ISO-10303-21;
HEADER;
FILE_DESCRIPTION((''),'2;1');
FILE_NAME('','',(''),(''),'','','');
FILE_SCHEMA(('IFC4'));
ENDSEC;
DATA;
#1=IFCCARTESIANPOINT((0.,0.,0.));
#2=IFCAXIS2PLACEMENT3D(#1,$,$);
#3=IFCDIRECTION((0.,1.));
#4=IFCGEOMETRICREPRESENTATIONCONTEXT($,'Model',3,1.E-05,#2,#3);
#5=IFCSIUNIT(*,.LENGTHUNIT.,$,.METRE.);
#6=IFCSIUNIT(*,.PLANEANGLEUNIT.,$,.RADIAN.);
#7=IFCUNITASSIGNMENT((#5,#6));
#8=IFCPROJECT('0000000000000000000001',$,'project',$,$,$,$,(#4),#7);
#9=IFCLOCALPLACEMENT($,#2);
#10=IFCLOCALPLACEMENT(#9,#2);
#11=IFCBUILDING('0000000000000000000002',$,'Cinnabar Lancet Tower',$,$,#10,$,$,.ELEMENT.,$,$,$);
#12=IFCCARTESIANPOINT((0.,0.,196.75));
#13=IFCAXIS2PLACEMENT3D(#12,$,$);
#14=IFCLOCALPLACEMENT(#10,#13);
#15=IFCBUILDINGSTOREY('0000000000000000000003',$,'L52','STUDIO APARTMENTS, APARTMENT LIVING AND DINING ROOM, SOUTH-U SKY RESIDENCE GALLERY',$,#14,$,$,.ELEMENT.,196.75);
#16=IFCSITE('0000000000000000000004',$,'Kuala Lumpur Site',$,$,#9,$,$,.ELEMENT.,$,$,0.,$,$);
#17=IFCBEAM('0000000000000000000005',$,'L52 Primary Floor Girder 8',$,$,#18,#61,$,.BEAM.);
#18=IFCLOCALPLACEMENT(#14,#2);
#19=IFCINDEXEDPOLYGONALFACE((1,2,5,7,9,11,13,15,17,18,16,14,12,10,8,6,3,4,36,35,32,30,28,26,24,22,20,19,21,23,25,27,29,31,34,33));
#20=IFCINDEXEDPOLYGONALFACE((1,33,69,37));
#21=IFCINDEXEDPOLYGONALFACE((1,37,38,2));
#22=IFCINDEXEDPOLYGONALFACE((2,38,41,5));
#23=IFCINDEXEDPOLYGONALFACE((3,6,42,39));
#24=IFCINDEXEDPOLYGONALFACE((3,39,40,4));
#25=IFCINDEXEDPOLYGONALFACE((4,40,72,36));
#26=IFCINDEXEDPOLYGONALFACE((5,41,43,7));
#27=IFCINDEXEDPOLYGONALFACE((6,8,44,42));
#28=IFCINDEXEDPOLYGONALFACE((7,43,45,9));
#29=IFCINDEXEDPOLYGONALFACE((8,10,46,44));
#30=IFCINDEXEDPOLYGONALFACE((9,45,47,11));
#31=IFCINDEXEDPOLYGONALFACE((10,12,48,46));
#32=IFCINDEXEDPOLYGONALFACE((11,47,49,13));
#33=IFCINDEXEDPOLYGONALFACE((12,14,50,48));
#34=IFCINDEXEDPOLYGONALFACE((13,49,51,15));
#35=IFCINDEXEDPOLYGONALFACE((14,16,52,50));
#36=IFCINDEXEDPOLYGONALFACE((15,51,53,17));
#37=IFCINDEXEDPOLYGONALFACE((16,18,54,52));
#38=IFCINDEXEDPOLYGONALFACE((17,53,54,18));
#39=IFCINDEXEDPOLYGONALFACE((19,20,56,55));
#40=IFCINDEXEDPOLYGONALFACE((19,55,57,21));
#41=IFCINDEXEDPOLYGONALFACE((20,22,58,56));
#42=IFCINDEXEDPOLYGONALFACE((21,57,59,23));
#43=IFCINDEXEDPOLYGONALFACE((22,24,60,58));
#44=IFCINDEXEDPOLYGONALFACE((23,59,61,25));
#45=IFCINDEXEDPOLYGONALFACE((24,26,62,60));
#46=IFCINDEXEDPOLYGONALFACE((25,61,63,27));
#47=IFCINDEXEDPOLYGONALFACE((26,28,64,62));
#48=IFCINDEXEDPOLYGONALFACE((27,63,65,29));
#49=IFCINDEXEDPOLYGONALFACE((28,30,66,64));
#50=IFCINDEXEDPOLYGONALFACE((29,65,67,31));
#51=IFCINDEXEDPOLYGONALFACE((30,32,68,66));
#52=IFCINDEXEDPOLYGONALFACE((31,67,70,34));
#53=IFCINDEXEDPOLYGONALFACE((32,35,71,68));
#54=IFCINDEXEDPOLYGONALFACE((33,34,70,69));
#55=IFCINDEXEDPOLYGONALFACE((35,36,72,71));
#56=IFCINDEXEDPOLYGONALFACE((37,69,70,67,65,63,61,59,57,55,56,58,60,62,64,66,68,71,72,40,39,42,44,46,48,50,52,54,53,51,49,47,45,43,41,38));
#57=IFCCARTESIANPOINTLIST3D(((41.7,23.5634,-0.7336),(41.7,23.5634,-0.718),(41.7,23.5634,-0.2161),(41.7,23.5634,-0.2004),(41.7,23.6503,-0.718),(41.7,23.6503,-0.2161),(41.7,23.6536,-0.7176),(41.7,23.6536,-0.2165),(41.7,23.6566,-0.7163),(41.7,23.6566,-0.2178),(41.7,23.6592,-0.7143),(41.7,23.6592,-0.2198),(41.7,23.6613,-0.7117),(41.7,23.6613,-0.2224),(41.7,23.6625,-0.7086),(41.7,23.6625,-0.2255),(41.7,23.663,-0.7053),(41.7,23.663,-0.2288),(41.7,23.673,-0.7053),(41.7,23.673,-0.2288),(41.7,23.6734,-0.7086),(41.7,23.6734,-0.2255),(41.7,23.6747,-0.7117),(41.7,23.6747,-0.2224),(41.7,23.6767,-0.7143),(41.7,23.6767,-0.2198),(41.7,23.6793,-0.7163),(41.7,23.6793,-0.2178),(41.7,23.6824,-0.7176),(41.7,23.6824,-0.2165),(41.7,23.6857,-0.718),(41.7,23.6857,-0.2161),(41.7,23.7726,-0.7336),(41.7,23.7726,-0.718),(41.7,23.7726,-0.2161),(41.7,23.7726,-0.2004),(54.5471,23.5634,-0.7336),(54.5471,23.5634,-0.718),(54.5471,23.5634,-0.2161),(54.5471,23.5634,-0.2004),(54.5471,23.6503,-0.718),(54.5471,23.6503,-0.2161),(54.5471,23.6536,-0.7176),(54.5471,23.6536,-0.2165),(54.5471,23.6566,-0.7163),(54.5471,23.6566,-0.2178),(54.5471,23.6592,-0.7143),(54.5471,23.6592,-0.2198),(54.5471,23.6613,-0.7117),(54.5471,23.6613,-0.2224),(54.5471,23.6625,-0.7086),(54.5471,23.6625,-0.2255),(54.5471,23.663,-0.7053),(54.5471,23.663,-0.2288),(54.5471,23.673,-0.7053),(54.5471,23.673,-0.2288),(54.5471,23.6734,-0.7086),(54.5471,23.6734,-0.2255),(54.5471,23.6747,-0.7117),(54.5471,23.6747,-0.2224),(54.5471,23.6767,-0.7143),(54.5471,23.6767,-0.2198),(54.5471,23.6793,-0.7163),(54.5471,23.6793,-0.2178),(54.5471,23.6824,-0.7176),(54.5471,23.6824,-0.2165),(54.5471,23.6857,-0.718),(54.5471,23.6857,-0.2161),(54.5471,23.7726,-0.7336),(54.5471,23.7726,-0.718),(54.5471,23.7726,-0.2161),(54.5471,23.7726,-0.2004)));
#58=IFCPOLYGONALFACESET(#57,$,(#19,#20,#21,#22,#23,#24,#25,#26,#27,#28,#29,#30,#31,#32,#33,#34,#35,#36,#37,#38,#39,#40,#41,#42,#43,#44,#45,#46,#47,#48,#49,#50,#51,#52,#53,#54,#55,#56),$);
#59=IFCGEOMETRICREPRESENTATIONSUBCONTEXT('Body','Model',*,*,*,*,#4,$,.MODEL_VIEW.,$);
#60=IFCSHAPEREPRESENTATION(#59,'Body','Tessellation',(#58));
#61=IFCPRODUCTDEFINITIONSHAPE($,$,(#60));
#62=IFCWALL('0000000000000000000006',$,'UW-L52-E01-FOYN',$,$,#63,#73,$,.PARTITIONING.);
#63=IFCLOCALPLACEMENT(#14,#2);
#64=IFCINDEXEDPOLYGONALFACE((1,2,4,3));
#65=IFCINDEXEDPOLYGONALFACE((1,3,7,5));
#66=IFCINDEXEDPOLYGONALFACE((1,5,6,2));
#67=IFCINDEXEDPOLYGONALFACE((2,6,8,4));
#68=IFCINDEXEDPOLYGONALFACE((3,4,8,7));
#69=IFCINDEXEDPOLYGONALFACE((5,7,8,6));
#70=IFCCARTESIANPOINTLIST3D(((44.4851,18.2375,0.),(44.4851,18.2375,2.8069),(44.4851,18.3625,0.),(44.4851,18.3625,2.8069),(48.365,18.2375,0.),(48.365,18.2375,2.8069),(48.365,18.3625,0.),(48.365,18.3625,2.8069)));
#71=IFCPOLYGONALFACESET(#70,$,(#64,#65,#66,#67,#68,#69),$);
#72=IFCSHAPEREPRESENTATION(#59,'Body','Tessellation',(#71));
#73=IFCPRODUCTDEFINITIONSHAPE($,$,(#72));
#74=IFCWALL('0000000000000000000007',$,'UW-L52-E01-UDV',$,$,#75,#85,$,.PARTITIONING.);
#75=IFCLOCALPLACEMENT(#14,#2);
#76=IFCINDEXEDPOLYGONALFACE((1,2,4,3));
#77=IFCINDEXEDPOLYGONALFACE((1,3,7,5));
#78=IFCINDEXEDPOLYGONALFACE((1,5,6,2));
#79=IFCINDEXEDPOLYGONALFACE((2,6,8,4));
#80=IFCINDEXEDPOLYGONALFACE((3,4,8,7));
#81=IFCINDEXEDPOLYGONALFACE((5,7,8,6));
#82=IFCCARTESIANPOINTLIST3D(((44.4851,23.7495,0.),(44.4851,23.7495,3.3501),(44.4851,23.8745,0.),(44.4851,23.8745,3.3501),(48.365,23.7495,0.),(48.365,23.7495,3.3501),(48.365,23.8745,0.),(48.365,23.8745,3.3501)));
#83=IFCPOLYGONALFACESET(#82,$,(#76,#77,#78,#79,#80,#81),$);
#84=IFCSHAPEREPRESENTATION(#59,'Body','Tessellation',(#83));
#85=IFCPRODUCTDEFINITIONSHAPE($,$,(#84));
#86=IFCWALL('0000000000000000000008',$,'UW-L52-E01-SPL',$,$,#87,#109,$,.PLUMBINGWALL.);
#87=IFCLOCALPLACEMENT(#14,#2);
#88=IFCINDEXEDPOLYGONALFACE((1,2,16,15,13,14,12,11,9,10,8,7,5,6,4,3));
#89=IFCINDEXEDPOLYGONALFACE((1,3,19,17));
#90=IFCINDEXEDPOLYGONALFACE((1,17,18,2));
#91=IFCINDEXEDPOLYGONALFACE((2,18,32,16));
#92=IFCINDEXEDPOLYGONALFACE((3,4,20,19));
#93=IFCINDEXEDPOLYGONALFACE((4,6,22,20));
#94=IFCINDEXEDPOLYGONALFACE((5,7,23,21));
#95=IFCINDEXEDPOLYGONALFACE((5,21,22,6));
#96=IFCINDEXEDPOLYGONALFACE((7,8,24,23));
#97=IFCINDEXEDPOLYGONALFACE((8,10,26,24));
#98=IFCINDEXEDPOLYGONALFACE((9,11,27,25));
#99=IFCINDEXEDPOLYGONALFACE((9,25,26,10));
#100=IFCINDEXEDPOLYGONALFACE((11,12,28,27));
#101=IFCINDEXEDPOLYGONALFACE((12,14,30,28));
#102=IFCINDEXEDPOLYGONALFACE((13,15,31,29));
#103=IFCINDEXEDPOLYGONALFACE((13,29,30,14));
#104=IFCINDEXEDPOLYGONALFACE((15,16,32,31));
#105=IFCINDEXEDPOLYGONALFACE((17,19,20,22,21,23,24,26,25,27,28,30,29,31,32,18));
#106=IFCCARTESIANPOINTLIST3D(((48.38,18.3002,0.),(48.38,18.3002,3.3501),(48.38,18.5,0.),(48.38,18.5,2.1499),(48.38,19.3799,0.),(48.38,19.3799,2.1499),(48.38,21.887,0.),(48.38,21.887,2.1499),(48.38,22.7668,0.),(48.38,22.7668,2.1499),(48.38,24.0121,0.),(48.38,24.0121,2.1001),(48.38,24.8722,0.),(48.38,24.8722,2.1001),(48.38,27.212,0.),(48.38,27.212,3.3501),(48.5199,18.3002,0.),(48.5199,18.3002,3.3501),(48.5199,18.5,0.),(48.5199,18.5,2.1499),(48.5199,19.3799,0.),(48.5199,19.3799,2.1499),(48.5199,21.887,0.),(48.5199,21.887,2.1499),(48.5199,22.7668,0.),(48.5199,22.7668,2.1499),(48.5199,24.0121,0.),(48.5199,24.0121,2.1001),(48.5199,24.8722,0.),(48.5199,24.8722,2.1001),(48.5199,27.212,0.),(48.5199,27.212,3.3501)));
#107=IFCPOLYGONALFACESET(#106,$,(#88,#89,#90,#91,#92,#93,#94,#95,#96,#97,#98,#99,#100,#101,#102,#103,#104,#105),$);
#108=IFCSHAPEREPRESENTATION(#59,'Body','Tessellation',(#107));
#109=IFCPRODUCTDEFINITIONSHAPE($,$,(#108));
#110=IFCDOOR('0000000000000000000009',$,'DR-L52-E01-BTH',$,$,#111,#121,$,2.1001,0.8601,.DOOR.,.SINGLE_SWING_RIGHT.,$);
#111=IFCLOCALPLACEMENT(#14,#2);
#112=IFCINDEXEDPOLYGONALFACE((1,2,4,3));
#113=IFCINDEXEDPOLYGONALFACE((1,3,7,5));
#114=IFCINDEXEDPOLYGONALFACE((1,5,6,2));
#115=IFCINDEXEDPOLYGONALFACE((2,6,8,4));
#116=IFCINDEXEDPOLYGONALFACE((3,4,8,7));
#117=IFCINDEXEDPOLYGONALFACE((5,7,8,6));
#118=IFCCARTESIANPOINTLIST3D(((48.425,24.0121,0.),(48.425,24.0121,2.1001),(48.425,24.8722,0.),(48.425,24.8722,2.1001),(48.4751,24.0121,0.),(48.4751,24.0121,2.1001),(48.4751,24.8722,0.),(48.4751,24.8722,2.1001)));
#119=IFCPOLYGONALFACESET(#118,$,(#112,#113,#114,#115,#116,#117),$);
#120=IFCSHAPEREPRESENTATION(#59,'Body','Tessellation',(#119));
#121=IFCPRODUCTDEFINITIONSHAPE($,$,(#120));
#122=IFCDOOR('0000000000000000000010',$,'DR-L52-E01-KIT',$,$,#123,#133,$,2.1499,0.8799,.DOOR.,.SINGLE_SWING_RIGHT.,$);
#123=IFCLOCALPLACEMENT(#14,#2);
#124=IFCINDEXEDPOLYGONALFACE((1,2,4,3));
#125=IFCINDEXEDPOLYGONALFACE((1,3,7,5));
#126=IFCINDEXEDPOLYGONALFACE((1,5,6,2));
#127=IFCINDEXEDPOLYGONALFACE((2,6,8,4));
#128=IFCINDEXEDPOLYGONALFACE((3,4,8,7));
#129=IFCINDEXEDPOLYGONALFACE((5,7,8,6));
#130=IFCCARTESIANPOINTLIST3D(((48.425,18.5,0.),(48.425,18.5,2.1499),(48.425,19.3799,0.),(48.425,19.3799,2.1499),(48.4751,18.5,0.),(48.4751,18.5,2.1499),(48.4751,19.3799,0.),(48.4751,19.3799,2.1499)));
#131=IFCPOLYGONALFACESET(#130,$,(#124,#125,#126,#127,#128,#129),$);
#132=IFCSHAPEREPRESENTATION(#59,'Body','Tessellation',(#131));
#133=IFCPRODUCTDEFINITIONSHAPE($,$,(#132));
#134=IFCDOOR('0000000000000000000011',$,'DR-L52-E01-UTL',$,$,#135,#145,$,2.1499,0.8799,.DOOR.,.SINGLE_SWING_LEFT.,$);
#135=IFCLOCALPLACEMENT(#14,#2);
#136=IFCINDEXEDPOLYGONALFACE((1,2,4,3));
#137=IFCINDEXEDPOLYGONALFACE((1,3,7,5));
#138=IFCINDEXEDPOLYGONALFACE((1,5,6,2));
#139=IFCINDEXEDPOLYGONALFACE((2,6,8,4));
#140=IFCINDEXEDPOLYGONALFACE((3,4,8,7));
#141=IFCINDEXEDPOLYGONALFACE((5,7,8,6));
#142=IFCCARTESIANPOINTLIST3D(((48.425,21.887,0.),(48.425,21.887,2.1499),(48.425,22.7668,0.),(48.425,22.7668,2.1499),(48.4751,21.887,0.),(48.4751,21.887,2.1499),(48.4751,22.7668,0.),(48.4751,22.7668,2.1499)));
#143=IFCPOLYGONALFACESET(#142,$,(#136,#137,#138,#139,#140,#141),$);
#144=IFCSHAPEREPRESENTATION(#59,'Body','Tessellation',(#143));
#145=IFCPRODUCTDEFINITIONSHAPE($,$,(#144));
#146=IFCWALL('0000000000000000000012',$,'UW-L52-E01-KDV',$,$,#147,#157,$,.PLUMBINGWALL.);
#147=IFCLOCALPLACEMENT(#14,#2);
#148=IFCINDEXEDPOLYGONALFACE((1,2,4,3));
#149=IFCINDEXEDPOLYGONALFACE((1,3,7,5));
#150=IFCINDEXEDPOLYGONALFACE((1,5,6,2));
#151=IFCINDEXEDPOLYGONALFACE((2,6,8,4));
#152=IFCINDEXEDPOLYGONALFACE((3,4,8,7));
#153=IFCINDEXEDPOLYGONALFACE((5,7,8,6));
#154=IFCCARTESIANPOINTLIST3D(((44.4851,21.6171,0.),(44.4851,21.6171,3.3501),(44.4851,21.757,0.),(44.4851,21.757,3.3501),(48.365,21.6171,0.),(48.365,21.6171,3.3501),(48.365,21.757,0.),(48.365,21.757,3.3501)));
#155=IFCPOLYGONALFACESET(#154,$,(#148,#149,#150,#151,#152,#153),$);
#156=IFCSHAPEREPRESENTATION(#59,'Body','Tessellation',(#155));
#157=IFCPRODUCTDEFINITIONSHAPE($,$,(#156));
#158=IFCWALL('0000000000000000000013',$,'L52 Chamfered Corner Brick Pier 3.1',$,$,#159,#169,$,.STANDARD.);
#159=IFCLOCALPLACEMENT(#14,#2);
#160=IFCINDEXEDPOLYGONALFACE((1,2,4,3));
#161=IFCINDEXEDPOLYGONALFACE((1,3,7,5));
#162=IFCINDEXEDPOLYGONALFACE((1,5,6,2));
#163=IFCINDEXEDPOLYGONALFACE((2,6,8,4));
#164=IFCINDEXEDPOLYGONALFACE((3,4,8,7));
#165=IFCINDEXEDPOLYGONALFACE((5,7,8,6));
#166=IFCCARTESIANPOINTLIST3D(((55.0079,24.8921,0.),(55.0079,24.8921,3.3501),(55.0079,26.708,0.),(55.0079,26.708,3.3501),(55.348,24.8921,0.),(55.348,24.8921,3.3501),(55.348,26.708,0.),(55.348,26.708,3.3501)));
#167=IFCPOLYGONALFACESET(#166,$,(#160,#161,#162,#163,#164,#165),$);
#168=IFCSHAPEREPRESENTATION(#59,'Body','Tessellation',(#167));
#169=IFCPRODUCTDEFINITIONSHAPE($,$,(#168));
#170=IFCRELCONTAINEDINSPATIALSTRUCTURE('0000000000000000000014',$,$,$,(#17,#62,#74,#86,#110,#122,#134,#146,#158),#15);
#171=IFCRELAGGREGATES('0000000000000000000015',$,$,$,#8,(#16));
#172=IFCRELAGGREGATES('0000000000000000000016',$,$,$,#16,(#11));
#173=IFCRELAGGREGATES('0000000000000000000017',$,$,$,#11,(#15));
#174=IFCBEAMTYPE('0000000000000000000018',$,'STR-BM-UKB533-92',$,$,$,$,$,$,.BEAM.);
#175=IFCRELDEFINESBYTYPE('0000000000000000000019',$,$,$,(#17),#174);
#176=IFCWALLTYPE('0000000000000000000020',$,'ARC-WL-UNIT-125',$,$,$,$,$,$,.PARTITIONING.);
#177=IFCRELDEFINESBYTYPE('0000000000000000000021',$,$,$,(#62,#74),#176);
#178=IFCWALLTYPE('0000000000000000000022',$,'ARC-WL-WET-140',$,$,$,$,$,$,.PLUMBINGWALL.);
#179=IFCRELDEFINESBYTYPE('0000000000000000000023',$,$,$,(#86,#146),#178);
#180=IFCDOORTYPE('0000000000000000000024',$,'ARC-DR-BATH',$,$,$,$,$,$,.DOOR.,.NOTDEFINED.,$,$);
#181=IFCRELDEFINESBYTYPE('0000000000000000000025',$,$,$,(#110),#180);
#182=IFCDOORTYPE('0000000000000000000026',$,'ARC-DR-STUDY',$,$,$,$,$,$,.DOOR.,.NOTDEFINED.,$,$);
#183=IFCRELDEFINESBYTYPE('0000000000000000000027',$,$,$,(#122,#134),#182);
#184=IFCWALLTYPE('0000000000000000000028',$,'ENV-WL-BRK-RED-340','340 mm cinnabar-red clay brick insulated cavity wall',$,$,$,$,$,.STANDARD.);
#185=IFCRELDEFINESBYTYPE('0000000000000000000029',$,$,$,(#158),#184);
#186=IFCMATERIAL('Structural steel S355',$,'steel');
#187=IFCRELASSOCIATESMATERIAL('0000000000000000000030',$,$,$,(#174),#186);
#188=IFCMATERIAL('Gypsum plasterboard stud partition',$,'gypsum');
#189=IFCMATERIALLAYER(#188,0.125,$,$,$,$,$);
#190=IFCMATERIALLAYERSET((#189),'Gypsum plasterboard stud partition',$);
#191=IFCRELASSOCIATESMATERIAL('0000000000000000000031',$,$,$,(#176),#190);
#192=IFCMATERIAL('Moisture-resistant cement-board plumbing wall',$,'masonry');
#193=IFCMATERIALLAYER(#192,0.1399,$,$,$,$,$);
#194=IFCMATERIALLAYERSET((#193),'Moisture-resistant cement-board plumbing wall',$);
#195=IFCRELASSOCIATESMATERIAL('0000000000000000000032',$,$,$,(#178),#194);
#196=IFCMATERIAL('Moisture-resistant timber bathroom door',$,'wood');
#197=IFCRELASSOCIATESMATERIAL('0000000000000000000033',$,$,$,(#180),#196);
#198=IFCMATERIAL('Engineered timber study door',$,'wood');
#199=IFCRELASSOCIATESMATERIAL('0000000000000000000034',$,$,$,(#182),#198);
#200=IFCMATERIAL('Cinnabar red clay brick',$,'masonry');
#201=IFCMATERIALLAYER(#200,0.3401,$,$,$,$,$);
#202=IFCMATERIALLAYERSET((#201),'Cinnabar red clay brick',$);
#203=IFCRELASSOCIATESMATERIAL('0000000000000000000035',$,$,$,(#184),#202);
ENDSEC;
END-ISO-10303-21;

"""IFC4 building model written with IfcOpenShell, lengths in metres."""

from ifc_helpers import new_model, si_unit, direction, frame, frame_2d, origin, origin_2d, place, context, subcontext, project, spatial, rectangle, i_section, extrude, material, layer, layer_set, material_profile, profile_set, type_object, element, fill, save


model = new_model("IFC4")

# Units and contexts
model_context = context("Model", 3, precision=1e-05, world=origin(), true_north=direction((0.0, 1.0)))
body_context = subcontext(model_context, "Body", "Model", "MODEL_VIEW")
ifc_project = project(units=[si_unit("LENGTHUNIT", "METRE"), si_unit("PLANEANGLEUNIT", "RADIAN")], contexts=[model_context])

# Site, building, storey
site_placement = place(None, origin())
site = spatial("IfcSite", under=ifc_project, at=site_placement, Name="Kuala Lumpur Site", CompositionType="ELEMENT", RefElevation=0.0)
building_placement = place(site_placement, origin())
building = spatial("IfcBuilding", under=site, at=building_placement, Name="Cinnabar Lancet Tower", CompositionType="ELEMENT")
storey_placement = place(building_placement, frame((0.0, 0.0, 196.75)))
storey = spatial("IfcBuildingStorey", under=building, at=storey_placement, Name="L52", Description="STUDIO APARTMENTS, APARTMENT LIVING AND DINING ROOM, SOUTH-U SKY RESIDENCE GALLERY", CompositionType="ELEMENT", Elevation=196.75)

# Beam
ifc_material_1 = material(Name="Structural steel S355", Category="steel")
ifc_material_profile_1 = material_profile(ifc_material_1, i_section(OverallWidth=0.2092, OverallDepth=0.5332, WebThickness=0.01, FlangeThickness=0.0156, FilletRadius=0.0127, at=origin_2d()), Name="UKB 533x210x92")
ifc_profile_set_1 = profile_set([ifc_material_profile_1], Name="Structural steel S355")
beam_type_1 = type_object("IfcBeamType", Name="STR-BM-UKB533-92", PredefinedType="BEAM", material=ifc_profile_set_1)
beam_1_placement = place(storey_placement, frame((54.5471, 23.668, -0.467), z_axis=(-1.0, 0.0, 0.0), x_axis=(0.0, -1.0, 0.0)))
element("IfcBeam", 1, at=beam_1_placement, inside=storey, type_object=beam_type_1, Name="L52 Primary Floor Girder 8", PredefinedType="BEAM", context=body_context, shape_type="SweptSolid", body=[
    extrude(i_section(OverallWidth=0.2092, OverallDepth=0.5332, WebThickness=0.01, FlangeThickness=0.0156, FilletRadius=0.0127, at=origin_2d()), origin(), (0.0, 0.0, 1.0), 12.8472),
])

# Walls
ifc_material_2 = material(Name="Gypsum plasterboard stud partition", Category="gypsum")
ifc_layer_1 = layer(ifc_material_2, 0.125)
ifc_layer_set_1 = layer_set([ifc_layer_1], Name="Gypsum plasterboard stud partition")
wall_type_1 = type_object("IfcWallType", Name="ARC-WL-UNIT-125", PredefinedType="PARTITIONING", material=ifc_layer_set_1)
wall_1_placement = place(storey_placement, frame((44.4851, 18.3, 0.0), z_axis=(0.0, 0.0, 1.0), x_axis=(1.0, 0.0, 0.0)))
element("IfcWall", 2, at=wall_1_placement, inside=storey, type_object=wall_type_1, Name="UW-L52-E01-FOYN", PredefinedType="PARTITIONING", context=body_context, shape_type="SweptSolid", body=[
    extrude(rectangle(XDim=3.8799, YDim=0.125, at=frame_2d((1.9399, 0.0))), origin(), (0.0, 0.0, 1.0), 2.8069),
])
wall_2_placement = place(storey_placement, frame((44.4851, 23.812, 0.0), z_axis=(0.0, 0.0, 1.0), x_axis=(1.0, 0.0, 0.0)))
element("IfcWall", 3, at=wall_2_placement, inside=storey, type_object=wall_type_1, Name="UW-L52-E01-UDV", PredefinedType="PARTITIONING", context=body_context, shape_type="SweptSolid", body=[
    extrude(rectangle(XDim=3.8799, YDim=0.125, at=frame_2d((1.9399, 0.0))), origin(), (0.0, 0.0, 1.0), 3.3501),
])

# Wall, openings, doors
ifc_material_3 = material(Name="Moisture-resistant cement-board plumbing wall", Category="masonry")
ifc_layer_2 = layer(ifc_material_3, 0.1399)
ifc_layer_set_2 = layer_set([ifc_layer_2], Name="Moisture-resistant cement-board plumbing wall")
wall_type_2 = type_object("IfcWallType", Name="ARC-WL-WET-140", PredefinedType="PLUMBINGWALL", material=ifc_layer_set_2)
wall_3_placement = place(storey_placement, frame((48.45, 18.3, 0.0), z_axis=(0.0, 0.0, 1.0), x_axis=(0.0, 1.0, 0.0)))
wall_3 = element("IfcWall", 4, at=wall_3_placement, inside=storey, type_object=wall_type_2, Name="UW-L52-E01-SPL", PredefinedType="PLUMBINGWALL", context=body_context, shape_type="SweptSolid", body=[
    extrude(rectangle(XDim=8.9119, YDim=0.1399, at=frame_2d((4.4561, 0.0))), origin(), (0.0, 0.0, 1.0), 3.3501),
])
opening_1_placement = place(wall_3_placement, frame((0.2, 0.0, 0.0)))
opening_1 = element("IfcOpeningElement", 5, at=opening_1_placement, cuts=wall_3, PredefinedType="OPENING", context=body_context, shape_type="SweptSolid", body=[
    extrude(rectangle(XDim=0.8799, YDim=2.1499, at=frame_2d((0.4399, 1.075))), frame((0.0, 0.0798, 0.0), z_axis=(0.0, -1.0, 0.0), x_axis=(1.0, 0.0, 0.0)), (0.0, 0.0, 1.0), 0.1599),
])
opening_2_placement = place(wall_3_placement, frame((3.5869, 0.0, 0.0)))
opening_2 = element("IfcOpeningElement", 6, at=opening_2_placement, cuts=wall_3, PredefinedType="OPENING", context=body_context, shape_type="SweptSolid", body=[
    extrude(rectangle(XDim=0.8799, YDim=2.1499, at=frame_2d((0.4399, 1.075))), frame((0.0, 0.0798, 0.0), z_axis=(0.0, -1.0, 0.0), x_axis=(1.0, 0.0, 0.0)), (0.0, 0.0, 1.0), 0.1599),
])
opening_3_placement = place(wall_3_placement, frame((5.7119, 0.0, 0.0)))
opening_3 = element("IfcOpeningElement", 7, at=opening_3_placement, cuts=wall_3, PredefinedType="OPENING", context=body_context, shape_type="SweptSolid", body=[
    extrude(rectangle(XDim=0.8601, YDim=2.1001, at=frame_2d((0.4302, 1.05))), frame((0.0, 0.0798, 0.0), z_axis=(0.0, -1.0, 0.0), x_axis=(1.0, 0.0, 0.0)), (0.0, 0.0, 1.0), 0.1599),
])
ifc_material_4 = material(Name="Moisture-resistant timber bathroom door", Category="wood")
door_type_1 = type_object("IfcDoorType", Name="ARC-DR-BATH", OperationType="NOTDEFINED", PredefinedType="DOOR", material=ifc_material_4)
door_1_placement = place(opening_3_placement, origin())
door_1 = element("IfcDoor", 8, at=door_1_placement, inside=storey, type_object=door_type_1, Name="DR-L52-E01-BTH", OperationType="SINGLE_SWING_RIGHT", OverallHeight=2.1001, OverallWidth=0.8601, PredefinedType="DOOR", context=body_context, shape_type="SweptSolid", body=[
    extrude(rectangle(XDim=0.8601, YDim=2.1001, at=frame_2d((0.4302, 1.05))), frame((0.0, 0.0249, 0.0), z_axis=(0.0, -1.0, 0.0), x_axis=(1.0, 0.0, 0.0)), (0.0, 0.0, 1.0), 0.05),
])
fill(opening_3, door_1)
ifc_material_5 = material(Name="Engineered timber study door", Category="wood")
door_type_2 = type_object("IfcDoorType", Name="ARC-DR-STUDY", OperationType="NOTDEFINED", PredefinedType="DOOR", material=ifc_material_5)
door_2_placement = place(opening_1_placement, origin())
door_2 = element("IfcDoor", 9, at=door_2_placement, inside=storey, type_object=door_type_2, Name="DR-L52-E01-KIT", OperationType="SINGLE_SWING_RIGHT", OverallHeight=2.1499, OverallWidth=0.8799, PredefinedType="DOOR", context=body_context, shape_type="SweptSolid", body=[
    extrude(rectangle(XDim=0.8799, YDim=2.1499, at=frame_2d((0.4399, 1.075))), frame((0.0, 0.0249, 0.0), z_axis=(0.0, -1.0, 0.0), x_axis=(1.0, 0.0, 0.0)), (0.0, 0.0, 1.0), 0.05),
])
fill(opening_1, door_2)
door_3_placement = place(opening_2_placement, origin())
door_3 = element("IfcDoor", 10, at=door_3_placement, inside=storey, type_object=door_type_2, Name="DR-L52-E01-UTL", OperationType="SINGLE_SWING_LEFT", OverallHeight=2.1499, OverallWidth=0.8799, PredefinedType="DOOR", context=body_context, shape_type="SweptSolid", body=[
    extrude(rectangle(XDim=0.8799, YDim=2.1499, at=frame_2d((0.4399, 1.075))), frame((0.0, 0.0249, 0.0), z_axis=(0.0, -1.0, 0.0), x_axis=(1.0, 0.0, 0.0)), (0.0, 0.0, 1.0), 0.05),
])
fill(opening_2, door_3)

# Walls
wall_4_placement = place(storey_placement, frame((44.4851, 21.687, 0.0), z_axis=(0.0, 0.0, 1.0), x_axis=(1.0, 0.0, 0.0)))
element("IfcWall", 11, at=wall_4_placement, inside=storey, type_object=wall_type_2, Name="UW-L52-E01-KDV", PredefinedType="PLUMBINGWALL", context=body_context, shape_type="SweptSolid", body=[
    extrude(rectangle(XDim=3.8799, YDim=0.1399, at=frame_2d((1.9399, 0.0))), origin(), (0.0, 0.0, 1.0), 3.3501),
])
ifc_material_6 = material(Name="Cinnabar red clay brick", Category="masonry")
ifc_layer_3 = layer(ifc_material_6, 0.3401)
ifc_layer_set_3 = layer_set([ifc_layer_3], Name="Cinnabar red clay brick")
wall_type_3 = type_object("IfcWallType", Name="ENV-WL-BRK-RED-340", Description="340 mm cinnabar-red clay brick insulated cavity wall", PredefinedType="STANDARD", material=ifc_layer_set_3)
wall_5_placement = place(storey_placement, frame((55.178, 24.8921, 0.0), z_axis=(0.0, 0.0, 1.0), x_axis=(0.0, 1.0, 0.0)))
element("IfcWall", 12, at=wall_5_placement, inside=storey, type_object=wall_type_3, Name="L52 Chamfered Corner Brick Pier 3.1", PredefinedType="STANDARD", context=body_context, shape_type="SweptSolid", body=[
    extrude(rectangle(XDim=1.8159, YDim=0.3401, at=frame_2d((0.908, 0.0))), origin(), (0.0, 0.0, 1.0), 3.3501),
])

save(model, "model.ifc")
